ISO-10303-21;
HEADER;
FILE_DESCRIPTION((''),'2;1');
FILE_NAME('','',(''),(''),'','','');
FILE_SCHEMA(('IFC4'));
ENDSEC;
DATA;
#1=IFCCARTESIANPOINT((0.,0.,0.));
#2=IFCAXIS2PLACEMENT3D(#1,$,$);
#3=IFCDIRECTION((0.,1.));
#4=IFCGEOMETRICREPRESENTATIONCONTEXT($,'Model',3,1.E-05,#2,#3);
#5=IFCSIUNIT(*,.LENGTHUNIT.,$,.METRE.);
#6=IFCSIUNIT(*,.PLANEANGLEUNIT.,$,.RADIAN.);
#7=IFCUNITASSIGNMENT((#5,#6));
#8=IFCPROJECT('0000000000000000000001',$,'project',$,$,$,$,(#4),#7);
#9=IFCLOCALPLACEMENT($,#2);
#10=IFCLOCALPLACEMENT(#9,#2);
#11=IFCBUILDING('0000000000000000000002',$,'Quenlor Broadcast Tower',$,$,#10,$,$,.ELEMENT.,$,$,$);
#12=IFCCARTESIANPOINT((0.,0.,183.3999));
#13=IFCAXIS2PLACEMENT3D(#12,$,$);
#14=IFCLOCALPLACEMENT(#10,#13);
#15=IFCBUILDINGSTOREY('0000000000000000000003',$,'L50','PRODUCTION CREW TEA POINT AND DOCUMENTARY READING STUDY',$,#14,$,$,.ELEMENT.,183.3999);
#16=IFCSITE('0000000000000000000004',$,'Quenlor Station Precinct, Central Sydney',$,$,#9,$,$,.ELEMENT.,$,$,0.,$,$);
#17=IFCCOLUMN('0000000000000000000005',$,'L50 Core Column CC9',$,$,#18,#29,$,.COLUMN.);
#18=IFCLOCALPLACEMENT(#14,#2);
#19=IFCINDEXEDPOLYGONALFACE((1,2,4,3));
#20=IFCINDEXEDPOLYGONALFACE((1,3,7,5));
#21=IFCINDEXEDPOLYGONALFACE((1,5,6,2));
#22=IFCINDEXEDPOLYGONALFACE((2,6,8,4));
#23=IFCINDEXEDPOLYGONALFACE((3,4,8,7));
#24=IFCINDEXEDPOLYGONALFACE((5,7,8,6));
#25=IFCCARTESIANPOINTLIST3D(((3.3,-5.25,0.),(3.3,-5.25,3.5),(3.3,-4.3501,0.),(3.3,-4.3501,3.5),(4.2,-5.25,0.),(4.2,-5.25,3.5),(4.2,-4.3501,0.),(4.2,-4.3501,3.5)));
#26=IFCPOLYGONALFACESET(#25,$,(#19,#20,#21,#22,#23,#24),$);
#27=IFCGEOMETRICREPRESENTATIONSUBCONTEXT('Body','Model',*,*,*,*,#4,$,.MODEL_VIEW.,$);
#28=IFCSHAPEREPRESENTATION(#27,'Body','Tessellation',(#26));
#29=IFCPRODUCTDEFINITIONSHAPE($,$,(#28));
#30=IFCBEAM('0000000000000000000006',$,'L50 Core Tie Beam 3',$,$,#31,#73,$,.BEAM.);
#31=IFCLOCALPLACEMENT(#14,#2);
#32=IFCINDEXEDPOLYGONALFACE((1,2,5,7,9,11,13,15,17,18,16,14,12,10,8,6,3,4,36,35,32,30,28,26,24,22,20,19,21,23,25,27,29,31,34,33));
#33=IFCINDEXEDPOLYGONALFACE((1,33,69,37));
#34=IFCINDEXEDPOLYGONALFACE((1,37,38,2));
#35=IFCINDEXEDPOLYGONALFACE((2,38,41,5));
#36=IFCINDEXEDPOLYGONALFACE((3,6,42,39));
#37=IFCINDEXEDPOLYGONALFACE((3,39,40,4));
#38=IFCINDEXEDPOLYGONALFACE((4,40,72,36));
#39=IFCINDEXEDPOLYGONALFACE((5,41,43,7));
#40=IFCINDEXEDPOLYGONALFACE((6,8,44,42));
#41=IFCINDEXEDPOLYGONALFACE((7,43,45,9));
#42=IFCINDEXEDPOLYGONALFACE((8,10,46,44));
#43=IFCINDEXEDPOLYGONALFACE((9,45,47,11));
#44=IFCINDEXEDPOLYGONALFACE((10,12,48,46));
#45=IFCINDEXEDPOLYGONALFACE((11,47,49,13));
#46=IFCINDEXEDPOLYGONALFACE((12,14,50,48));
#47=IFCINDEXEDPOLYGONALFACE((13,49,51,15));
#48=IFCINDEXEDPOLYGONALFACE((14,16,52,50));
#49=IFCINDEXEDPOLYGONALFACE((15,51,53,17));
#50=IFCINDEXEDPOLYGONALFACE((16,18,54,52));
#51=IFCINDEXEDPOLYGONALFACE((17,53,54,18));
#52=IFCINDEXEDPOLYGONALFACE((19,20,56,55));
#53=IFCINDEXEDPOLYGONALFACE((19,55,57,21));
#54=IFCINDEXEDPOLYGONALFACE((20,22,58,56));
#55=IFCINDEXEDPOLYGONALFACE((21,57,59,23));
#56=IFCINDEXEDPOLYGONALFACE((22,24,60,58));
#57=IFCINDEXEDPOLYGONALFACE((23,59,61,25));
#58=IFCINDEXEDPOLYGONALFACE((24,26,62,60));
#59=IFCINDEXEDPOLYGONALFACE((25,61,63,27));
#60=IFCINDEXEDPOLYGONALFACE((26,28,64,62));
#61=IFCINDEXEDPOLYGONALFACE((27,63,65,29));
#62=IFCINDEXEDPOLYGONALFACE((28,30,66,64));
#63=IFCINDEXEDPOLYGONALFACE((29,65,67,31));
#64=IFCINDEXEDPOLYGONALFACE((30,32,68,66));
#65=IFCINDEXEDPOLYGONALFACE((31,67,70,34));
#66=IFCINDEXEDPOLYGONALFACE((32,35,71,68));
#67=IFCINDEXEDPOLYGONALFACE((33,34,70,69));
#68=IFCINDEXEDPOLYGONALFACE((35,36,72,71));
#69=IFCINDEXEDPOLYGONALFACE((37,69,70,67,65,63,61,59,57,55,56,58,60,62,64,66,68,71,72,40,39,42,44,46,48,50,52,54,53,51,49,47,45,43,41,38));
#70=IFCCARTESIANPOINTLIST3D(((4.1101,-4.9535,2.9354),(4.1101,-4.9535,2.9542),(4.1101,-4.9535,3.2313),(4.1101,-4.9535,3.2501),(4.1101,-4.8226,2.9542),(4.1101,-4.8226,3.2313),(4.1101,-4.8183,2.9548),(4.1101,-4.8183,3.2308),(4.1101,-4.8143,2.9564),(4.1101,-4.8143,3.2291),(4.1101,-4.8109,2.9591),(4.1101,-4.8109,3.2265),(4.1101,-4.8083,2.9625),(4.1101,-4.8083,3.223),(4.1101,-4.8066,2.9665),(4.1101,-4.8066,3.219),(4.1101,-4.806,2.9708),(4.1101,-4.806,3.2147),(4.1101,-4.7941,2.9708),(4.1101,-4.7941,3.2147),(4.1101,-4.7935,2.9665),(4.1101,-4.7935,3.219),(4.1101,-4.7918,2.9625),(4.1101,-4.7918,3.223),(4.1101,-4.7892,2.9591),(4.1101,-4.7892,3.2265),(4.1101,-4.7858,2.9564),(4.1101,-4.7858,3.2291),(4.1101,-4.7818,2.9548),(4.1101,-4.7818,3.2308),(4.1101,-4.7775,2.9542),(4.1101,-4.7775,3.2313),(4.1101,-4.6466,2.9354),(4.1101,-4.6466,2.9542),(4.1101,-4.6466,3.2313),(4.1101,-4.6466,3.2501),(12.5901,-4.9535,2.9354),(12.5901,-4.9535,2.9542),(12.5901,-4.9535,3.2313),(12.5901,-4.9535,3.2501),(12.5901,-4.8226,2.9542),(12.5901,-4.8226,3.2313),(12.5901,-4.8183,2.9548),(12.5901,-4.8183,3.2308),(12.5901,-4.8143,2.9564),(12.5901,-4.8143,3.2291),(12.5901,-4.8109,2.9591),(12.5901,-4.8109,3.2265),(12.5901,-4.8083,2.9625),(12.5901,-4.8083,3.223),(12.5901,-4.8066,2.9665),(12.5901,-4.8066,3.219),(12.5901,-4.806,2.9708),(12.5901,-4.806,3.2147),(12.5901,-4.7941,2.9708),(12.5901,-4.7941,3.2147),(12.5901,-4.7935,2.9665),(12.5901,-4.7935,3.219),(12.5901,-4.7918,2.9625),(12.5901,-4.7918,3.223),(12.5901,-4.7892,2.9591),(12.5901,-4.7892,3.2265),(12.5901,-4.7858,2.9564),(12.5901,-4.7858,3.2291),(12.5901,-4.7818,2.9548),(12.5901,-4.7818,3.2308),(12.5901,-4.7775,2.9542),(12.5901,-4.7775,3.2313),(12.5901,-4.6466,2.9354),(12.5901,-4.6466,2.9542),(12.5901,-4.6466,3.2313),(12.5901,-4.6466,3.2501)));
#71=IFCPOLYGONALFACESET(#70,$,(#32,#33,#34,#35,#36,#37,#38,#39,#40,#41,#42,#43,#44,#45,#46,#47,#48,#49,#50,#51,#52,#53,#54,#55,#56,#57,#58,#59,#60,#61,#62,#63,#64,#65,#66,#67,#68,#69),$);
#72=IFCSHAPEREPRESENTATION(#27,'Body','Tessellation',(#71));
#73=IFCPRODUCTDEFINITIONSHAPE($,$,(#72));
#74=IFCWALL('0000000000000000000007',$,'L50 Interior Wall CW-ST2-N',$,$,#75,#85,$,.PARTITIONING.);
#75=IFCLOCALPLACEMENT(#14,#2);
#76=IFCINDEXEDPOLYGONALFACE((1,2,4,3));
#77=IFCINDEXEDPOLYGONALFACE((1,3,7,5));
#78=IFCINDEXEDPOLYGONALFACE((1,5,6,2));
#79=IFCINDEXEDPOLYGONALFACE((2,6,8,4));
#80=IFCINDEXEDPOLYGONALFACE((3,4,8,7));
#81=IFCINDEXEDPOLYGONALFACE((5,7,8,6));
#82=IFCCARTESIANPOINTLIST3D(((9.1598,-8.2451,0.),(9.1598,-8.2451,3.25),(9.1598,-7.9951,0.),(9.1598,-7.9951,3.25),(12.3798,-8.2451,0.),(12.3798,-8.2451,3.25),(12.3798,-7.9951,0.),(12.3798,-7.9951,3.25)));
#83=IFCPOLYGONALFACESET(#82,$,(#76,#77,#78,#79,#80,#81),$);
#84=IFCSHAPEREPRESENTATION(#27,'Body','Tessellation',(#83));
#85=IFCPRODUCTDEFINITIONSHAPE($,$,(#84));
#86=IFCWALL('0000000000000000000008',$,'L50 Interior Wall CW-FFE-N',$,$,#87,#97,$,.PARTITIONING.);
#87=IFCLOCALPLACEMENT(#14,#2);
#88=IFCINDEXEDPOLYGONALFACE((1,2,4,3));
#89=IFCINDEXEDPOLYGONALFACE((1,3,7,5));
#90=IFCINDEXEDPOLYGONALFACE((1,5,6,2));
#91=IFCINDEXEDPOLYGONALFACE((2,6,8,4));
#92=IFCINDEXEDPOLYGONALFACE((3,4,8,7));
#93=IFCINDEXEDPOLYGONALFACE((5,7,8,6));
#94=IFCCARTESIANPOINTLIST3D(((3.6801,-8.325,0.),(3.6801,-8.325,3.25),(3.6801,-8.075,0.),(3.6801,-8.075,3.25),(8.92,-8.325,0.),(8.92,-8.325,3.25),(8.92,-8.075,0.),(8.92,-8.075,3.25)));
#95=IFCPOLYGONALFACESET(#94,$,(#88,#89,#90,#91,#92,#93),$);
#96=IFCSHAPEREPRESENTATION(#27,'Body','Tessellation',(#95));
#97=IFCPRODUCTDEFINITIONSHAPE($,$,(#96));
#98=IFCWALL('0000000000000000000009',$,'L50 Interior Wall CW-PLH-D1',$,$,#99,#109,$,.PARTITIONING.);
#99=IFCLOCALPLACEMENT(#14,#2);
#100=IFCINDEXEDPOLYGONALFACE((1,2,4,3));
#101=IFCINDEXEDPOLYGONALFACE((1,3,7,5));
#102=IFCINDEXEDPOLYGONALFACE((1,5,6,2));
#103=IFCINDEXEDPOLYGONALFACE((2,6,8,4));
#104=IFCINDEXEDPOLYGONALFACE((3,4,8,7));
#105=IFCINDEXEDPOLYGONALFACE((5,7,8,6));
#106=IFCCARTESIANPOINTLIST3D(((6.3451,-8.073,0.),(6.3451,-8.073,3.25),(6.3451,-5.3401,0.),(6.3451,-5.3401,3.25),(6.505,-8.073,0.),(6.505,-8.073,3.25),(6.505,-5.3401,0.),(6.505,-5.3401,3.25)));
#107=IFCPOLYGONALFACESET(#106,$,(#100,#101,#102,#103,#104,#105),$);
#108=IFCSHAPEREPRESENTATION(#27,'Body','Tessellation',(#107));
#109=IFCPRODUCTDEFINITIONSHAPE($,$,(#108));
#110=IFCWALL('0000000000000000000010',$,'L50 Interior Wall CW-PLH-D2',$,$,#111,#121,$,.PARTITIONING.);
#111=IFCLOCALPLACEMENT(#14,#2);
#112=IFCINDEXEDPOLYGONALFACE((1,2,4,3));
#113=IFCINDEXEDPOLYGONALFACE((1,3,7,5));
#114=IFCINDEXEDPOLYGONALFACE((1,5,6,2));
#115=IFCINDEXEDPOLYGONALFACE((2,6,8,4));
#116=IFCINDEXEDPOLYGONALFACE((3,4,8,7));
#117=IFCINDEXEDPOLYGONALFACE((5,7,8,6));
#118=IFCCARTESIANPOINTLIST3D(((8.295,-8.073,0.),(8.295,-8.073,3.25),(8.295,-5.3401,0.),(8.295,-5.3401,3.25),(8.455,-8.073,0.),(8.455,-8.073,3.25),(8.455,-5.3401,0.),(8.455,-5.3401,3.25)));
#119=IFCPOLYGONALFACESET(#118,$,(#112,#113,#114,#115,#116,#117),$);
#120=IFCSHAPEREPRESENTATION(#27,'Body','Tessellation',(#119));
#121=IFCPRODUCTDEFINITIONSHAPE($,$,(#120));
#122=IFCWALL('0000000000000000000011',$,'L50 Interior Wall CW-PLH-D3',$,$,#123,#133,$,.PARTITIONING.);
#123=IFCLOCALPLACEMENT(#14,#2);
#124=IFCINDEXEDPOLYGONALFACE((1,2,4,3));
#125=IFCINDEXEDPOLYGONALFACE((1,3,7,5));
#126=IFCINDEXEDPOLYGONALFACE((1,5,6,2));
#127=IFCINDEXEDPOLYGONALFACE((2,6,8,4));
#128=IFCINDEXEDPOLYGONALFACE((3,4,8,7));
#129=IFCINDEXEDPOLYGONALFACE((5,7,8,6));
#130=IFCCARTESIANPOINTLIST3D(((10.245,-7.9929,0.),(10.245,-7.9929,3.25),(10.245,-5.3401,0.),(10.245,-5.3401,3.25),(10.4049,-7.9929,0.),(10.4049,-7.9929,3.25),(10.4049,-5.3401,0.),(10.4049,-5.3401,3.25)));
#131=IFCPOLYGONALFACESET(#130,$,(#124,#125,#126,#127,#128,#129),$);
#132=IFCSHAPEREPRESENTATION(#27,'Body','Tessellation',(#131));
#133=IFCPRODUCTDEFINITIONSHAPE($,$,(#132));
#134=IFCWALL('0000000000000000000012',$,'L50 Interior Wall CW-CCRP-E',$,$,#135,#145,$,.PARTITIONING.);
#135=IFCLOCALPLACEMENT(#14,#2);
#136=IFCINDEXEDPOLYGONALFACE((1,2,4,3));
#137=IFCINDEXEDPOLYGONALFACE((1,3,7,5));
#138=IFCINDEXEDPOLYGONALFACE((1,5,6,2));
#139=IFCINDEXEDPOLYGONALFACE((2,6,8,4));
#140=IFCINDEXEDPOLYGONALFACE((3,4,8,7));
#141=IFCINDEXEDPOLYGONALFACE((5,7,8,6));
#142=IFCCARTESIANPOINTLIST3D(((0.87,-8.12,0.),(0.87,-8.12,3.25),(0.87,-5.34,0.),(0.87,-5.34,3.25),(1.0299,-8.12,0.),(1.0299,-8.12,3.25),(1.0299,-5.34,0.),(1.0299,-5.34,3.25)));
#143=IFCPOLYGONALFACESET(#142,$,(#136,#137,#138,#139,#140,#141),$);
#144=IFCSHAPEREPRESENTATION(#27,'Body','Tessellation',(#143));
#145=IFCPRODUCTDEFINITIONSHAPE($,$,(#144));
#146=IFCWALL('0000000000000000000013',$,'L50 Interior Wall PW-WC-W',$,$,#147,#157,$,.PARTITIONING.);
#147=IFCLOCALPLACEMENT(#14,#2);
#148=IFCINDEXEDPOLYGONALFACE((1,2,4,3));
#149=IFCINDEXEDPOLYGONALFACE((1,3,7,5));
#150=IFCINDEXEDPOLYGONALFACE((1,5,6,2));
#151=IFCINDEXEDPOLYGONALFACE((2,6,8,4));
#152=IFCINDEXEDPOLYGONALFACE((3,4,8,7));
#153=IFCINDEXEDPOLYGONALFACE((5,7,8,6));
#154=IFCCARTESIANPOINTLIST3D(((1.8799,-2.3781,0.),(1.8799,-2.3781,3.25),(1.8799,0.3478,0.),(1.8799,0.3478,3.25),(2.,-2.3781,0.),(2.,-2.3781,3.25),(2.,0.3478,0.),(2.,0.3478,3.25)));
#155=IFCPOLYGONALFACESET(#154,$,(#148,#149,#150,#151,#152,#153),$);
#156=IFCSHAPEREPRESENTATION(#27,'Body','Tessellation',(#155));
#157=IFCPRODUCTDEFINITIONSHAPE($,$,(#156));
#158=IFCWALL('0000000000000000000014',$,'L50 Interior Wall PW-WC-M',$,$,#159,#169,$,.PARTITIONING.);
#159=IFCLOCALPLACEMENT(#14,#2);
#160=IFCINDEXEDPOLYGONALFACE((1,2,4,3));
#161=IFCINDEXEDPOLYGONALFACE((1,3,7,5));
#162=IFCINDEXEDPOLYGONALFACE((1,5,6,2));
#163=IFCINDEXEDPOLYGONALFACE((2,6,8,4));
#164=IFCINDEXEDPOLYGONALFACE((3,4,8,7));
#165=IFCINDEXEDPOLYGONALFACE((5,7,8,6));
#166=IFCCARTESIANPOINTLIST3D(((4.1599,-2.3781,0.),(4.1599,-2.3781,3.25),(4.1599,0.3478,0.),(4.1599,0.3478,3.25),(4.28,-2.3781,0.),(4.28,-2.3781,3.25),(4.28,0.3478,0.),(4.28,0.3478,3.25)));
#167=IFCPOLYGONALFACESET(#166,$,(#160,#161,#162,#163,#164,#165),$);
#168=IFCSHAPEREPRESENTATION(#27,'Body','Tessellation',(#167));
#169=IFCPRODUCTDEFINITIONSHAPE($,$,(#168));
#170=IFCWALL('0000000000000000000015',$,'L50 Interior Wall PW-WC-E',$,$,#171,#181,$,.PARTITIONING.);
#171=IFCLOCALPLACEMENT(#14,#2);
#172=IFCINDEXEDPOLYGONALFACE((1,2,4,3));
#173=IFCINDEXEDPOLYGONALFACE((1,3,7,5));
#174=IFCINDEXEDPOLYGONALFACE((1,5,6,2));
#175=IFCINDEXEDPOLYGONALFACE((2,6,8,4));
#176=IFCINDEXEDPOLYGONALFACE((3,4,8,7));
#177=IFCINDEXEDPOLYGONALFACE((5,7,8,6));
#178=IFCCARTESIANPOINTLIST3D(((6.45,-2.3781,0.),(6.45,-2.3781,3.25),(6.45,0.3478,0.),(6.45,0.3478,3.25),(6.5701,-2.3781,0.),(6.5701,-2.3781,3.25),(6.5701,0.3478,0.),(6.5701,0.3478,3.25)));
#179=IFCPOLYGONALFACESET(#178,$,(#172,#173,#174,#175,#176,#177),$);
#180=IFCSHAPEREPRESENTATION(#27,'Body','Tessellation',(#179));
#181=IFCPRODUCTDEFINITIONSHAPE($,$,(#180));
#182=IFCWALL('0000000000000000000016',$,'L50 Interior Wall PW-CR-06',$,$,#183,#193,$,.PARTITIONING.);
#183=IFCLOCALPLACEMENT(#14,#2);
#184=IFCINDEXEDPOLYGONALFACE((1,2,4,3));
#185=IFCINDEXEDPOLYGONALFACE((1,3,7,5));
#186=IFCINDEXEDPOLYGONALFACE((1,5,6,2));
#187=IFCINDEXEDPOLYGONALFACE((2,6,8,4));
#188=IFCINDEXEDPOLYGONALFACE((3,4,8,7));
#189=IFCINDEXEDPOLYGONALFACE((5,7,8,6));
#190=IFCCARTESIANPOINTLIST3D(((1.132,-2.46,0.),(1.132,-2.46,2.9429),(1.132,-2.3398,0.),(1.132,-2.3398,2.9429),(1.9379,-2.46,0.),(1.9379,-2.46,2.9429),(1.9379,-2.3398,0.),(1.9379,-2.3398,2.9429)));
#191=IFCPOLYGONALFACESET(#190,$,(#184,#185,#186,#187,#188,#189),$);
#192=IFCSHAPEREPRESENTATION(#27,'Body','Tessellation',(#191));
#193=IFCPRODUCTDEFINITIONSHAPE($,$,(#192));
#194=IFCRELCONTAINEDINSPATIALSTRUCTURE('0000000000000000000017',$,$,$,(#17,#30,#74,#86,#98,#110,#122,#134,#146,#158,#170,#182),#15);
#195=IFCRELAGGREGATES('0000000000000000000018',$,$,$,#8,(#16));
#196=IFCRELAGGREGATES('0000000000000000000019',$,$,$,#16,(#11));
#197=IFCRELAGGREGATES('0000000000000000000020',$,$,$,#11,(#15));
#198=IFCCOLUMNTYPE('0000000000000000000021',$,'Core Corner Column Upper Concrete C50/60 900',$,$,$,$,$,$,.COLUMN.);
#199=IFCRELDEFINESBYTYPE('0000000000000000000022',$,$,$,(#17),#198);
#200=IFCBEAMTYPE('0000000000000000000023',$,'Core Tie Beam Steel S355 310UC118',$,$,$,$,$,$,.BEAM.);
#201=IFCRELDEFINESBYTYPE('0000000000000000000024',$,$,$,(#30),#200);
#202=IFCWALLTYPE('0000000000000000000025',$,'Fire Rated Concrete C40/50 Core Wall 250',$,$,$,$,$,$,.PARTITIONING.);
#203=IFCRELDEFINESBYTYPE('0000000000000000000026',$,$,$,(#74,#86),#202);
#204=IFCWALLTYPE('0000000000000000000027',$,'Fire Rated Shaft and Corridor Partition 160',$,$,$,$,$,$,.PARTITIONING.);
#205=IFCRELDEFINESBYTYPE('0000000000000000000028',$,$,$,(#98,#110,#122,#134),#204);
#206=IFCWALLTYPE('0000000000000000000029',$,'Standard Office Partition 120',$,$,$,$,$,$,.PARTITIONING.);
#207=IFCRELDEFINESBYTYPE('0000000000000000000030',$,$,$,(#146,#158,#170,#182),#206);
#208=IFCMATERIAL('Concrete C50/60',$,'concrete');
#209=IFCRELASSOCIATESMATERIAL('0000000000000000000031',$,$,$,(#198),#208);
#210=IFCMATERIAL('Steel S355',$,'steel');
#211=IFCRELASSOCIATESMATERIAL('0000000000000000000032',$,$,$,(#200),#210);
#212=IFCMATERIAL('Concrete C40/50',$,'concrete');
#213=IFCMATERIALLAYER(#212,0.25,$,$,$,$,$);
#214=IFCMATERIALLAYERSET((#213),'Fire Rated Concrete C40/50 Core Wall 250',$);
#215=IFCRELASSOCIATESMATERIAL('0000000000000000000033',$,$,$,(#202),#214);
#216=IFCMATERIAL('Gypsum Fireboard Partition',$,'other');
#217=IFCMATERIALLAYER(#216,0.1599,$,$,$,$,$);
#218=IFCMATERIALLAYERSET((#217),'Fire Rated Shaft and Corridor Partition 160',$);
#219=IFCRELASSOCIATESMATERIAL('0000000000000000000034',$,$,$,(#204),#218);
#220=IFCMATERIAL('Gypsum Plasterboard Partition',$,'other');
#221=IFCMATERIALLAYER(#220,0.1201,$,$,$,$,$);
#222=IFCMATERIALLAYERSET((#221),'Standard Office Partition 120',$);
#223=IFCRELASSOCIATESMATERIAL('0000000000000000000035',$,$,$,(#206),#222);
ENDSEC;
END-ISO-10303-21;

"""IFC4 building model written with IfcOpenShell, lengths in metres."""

from ifc_helpers import new_model, si_unit, direction, frame, frame_2d, origin, origin_2d, place, context, subcontext, project, spatial, rectangle, i_section, extrude, material, layer, layer_set, material_profile, profile_set, type_object, element, save


model = new_model("IFC4")

# Units and contexts
model_context = context("Model", 3, precision=1e-05, world=origin(), true_north=direction((0.0, 1.0)))
body_context = subcontext(model_context, "Body", "Model", "MODEL_VIEW")
ifc_project = project(units=[si_unit("LENGTHUNIT", "METRE"), si_unit("PLANEANGLEUNIT", "RADIAN")], contexts=[model_context])

# Site, building, storey
site_placement = place(None, origin())
site = spatial("IfcSite", under=ifc_project, at=site_placement, Name="Quenlor Station Precinct, Central Sydney", CompositionType="ELEMENT", RefElevation=0.0)
building_placement = place(site_placement, origin())
building = spatial("IfcBuilding", under=site, at=building_placement, Name="Quenlor Broadcast Tower", CompositionType="ELEMENT")
storey_placement = place(building_placement, frame((0.0, 0.0, 183.3999)))
storey = spatial("IfcBuildingStorey", under=building, at=storey_placement, Name="L50", Description="PRODUCTION CREW TEA POINT AND DOCUMENTARY READING STUDY", CompositionType="ELEMENT", Elevation=183.3999)

# Column
ifc_material_1 = material(Name="Concrete C50/60", Category="concrete")
ifc_material_profile_1 = material_profile(ifc_material_1, rectangle(XDim=0.8999, YDim=0.8999, at=origin_2d()))
ifc_profile_set_1 = profile_set([ifc_material_profile_1], Name="Concrete C50/60 RC900x900")
column_type = type_object("IfcColumnType", Name="Core Corner Column Upper Concrete C50/60 900", PredefinedType="COLUMN", material=ifc_profile_set_1)
column_placement = place(storey_placement, frame((3.75, -4.8, 0.0), z_axis=(0.0, 0.0, 1.0), x_axis=(1.0, 0.0, 0.0)))
element("IfcColumn", 1, at=column_placement, inside=storey, type_object=column_type, Name="L50 Core Column CC9", PredefinedType="COLUMN", context=body_context, shape_type="SweptSolid", body=[
    extrude(rectangle(XDim=0.8999, YDim=0.8999, at=origin_2d()), origin(), (0.0, 0.0, 1.0), 3.5),
])

# Beam
ifc_material_2 = material(Name="Steel S355", Category="steel")
ifc_material_profile_2 = material_profile(ifc_material_2, i_section(OverallWidth=0.3069, OverallDepth=0.3147, WebThickness=0.012, FlangeThickness=0.0188, FilletRadius=0.0166, at=origin_2d()))
ifc_profile_set_2 = profile_set([ifc_material_profile_2], Name="Steel S355 310UC118")
beam_type = type_object("IfcBeamType", Name="Core Tie Beam Steel S355 310UC118", PredefinedType="BEAM", material=ifc_profile_set_2)
beam_placement = place(storey_placement, frame((4.1101, -4.8, 3.0928), z_axis=(1.0, 0.0, 0.0), x_axis=(0.0, 1.0, 0.0)))
element("IfcBeam", 2, at=beam_placement, inside=storey, type_object=beam_type, Name="L50 Core Tie Beam 3", PredefinedType="BEAM", context=body_context, shape_type="SweptSolid", body=[
    extrude(i_section(OverallWidth=0.3069, OverallDepth=0.3147, WebThickness=0.012, FlangeThickness=0.0188, FilletRadius=0.0166, at=origin_2d()), origin(), (0.0, 0.0, 1.0), 8.48),
])

# Walls
ifc_material_3 = material(Name="Concrete C40/50", Category="concrete")
ifc_layer_1 = layer(ifc_material_3, 0.25)
ifc_layer_set_1 = layer_set([ifc_layer_1], Name="Fire Rated Concrete C40/50 Core Wall 250")
wall_type_1 = type_object("IfcWallType", Name="Fire Rated Concrete C40/50 Core Wall 250", PredefinedType="PARTITIONING", material=ifc_layer_set_1)
wall_1_placement = place(storey_placement, frame((9.1599, -8.1201, 0.0), z_axis=(0.0, 0.0, 1.0), x_axis=(1.0, 0.0, 0.0)))
element("IfcWall", 3, at=wall_1_placement, inside=storey, type_object=wall_type_1, Name="L50 Interior Wall CW-ST2-N", PredefinedType="PARTITIONING", context=body_context, shape_type="SweptSolid", body=[
    extrude(rectangle(XDim=3.22, YDim=0.25, at=frame_2d((1.6099, 0.0))), origin(), (0.0, 0.0, 1.0), 3.25),
])
wall_2_placement = place(storey_placement, frame((3.6799, -8.2, 0.0), z_axis=(0.0, 0.0, 1.0), x_axis=(1.0, 0.0, 0.0)))
element("IfcWall", 4, at=wall_2_placement, inside=storey, type_object=wall_type_1, Name="L50 Interior Wall CW-FFE-N", PredefinedType="PARTITIONING", context=body_context, shape_type="SweptSolid", body=[
    extrude(rectangle(XDim=5.24, YDim=0.25, at=frame_2d((2.6201, 0.0))), origin(), (0.0, 0.0, 1.0), 3.25),
])

# Walls
ifc_material_4 = material(Name="Gypsum Fireboard Partition", Category="other")
ifc_layer_2 = layer(ifc_material_4, 0.1599)
ifc_layer_set_2 = layer_set([ifc_layer_2], Name="Fire Rated Shaft and Corridor Partition 160")
wall_type_2 = type_object("IfcWallType", Name="Fire Rated Shaft and Corridor Partition 160", PredefinedType="PARTITIONING", material=ifc_layer_set_2)
for number, where, z_axis, x_axis, name in (
    (5, (6.425, -8.073, 0.0), (0.0, 0.0, 1.0), (0.0, 1.0, 0.0), "L50 Interior Wall CW-PLH-D1"),
    (6, (8.375, -8.073, 0.0), (0.0, 0.0, 1.0), (0.0, 1.0, 0.0), "L50 Interior Wall CW-PLH-D2"),
):
    element("IfcWall", number, at=place(storey_placement, frame(where, z_axis=z_axis, x_axis=x_axis)), inside=storey, type_object=wall_type_2, Name=name, PredefinedType="PARTITIONING", context=body_context, shape_type="SweptSolid", body=[
        extrude(rectangle(XDim=2.7329, YDim=0.1599, at=frame_2d((1.3665, 0.0))), origin(), (0.0, 0.0, 1.0), 3.25),
    ])
wall_3_placement = place(storey_placement, frame((10.325, -7.9929, 0.0), z_axis=(0.0, 0.0, 1.0), x_axis=(0.0, 1.0, 0.0)))
element("IfcWall", 7, at=wall_3_placement, inside=storey, type_object=wall_type_2, Name="L50 Interior Wall CW-PLH-D3", PredefinedType="PARTITIONING", context=body_context, shape_type="SweptSolid", body=[
    extrude(rectangle(XDim=2.6528, YDim=0.1599, at=frame_2d((1.3264, 0.0))), origin(), (0.0, 0.0, 1.0), 3.25),
])
wall_4_placement = place(storey_placement, frame((0.95, -8.1201, 0.0), z_axis=(0.0, 0.0, 1.0), x_axis=(0.0, 1.0, 0.0)))
element("IfcWall", 8, at=wall_4_placement, inside=storey, type_object=wall_type_2, Name="L50 Interior Wall CW-CCRP-E", PredefinedType="PARTITIONING", context=body_context, shape_type="SweptSolid", body=[
    extrude(rectangle(XDim=2.78, YDim=0.1599, at=frame_2d((1.3901, 0.0))), origin(), (0.0, 0.0, 1.0), 3.25),
])

# Shared definitions
ifc_material_5 = material(Name="Gypsum Plasterboard Partition", Category="other")
ifc_layer_3 = layer(ifc_material_5, 0.1201)
ifc_layer_set_3 = layer_set([ifc_layer_3], Name="Standard Office Partition 120")
wall_type_3 = type_object("IfcWallType", Name="Standard Office Partition 120", PredefinedType="PARTITIONING", material=ifc_layer_set_3)

# Walls
for number, where, z_axis, x_axis, name in (
    (9, (1.9399, -2.3779, 0.0), (0.0, 0.0, 1.0), (0.0, 1.0, 0.0), "L50 Interior Wall PW-WC-W"),
    (10, (4.22, -2.3779, 0.0), (0.0, 0.0, 1.0), (0.0, 1.0, 0.0), "L50 Interior Wall PW-WC-M"),
    (11, (6.51, -2.3779, 0.0), (0.0, 0.0, 1.0), (0.0, 1.0, 0.0), "L50 Interior Wall PW-WC-E"),
):
    element("IfcWall", number, at=place(storey_placement, frame(where, z_axis=z_axis, x_axis=x_axis)), inside=storey, type_object=wall_type_3, Name=name, PredefinedType="PARTITIONING", context=body_context, shape_type="SweptSolid", body=[
        extrude(rectangle(XDim=2.7258, YDim=0.1201, at=frame_2d((1.3628, 0.0))), origin(), (0.0, 0.0, 1.0), 3.25),
    ])
wall_5_placement = place(storey_placement, frame((1.1321, -2.3999, 0.0), z_axis=(0.0, 0.0, 1.0), x_axis=(1.0, 0.0, 0.0)))
element("IfcWall", 12, at=wall_5_placement, inside=storey, type_object=wall_type_3, Name="L50 Interior Wall PW-CR-06", PredefinedType="PARTITIONING", context=body_context, shape_type="SweptSolid", body=[
    extrude(rectangle(XDim=0.8059, YDim=0.1201, at=frame_2d((0.4028, 0.0))), origin(), (0.0, 0.0, 1.0), 2.9429),
])

save(model, "model.ifc")
